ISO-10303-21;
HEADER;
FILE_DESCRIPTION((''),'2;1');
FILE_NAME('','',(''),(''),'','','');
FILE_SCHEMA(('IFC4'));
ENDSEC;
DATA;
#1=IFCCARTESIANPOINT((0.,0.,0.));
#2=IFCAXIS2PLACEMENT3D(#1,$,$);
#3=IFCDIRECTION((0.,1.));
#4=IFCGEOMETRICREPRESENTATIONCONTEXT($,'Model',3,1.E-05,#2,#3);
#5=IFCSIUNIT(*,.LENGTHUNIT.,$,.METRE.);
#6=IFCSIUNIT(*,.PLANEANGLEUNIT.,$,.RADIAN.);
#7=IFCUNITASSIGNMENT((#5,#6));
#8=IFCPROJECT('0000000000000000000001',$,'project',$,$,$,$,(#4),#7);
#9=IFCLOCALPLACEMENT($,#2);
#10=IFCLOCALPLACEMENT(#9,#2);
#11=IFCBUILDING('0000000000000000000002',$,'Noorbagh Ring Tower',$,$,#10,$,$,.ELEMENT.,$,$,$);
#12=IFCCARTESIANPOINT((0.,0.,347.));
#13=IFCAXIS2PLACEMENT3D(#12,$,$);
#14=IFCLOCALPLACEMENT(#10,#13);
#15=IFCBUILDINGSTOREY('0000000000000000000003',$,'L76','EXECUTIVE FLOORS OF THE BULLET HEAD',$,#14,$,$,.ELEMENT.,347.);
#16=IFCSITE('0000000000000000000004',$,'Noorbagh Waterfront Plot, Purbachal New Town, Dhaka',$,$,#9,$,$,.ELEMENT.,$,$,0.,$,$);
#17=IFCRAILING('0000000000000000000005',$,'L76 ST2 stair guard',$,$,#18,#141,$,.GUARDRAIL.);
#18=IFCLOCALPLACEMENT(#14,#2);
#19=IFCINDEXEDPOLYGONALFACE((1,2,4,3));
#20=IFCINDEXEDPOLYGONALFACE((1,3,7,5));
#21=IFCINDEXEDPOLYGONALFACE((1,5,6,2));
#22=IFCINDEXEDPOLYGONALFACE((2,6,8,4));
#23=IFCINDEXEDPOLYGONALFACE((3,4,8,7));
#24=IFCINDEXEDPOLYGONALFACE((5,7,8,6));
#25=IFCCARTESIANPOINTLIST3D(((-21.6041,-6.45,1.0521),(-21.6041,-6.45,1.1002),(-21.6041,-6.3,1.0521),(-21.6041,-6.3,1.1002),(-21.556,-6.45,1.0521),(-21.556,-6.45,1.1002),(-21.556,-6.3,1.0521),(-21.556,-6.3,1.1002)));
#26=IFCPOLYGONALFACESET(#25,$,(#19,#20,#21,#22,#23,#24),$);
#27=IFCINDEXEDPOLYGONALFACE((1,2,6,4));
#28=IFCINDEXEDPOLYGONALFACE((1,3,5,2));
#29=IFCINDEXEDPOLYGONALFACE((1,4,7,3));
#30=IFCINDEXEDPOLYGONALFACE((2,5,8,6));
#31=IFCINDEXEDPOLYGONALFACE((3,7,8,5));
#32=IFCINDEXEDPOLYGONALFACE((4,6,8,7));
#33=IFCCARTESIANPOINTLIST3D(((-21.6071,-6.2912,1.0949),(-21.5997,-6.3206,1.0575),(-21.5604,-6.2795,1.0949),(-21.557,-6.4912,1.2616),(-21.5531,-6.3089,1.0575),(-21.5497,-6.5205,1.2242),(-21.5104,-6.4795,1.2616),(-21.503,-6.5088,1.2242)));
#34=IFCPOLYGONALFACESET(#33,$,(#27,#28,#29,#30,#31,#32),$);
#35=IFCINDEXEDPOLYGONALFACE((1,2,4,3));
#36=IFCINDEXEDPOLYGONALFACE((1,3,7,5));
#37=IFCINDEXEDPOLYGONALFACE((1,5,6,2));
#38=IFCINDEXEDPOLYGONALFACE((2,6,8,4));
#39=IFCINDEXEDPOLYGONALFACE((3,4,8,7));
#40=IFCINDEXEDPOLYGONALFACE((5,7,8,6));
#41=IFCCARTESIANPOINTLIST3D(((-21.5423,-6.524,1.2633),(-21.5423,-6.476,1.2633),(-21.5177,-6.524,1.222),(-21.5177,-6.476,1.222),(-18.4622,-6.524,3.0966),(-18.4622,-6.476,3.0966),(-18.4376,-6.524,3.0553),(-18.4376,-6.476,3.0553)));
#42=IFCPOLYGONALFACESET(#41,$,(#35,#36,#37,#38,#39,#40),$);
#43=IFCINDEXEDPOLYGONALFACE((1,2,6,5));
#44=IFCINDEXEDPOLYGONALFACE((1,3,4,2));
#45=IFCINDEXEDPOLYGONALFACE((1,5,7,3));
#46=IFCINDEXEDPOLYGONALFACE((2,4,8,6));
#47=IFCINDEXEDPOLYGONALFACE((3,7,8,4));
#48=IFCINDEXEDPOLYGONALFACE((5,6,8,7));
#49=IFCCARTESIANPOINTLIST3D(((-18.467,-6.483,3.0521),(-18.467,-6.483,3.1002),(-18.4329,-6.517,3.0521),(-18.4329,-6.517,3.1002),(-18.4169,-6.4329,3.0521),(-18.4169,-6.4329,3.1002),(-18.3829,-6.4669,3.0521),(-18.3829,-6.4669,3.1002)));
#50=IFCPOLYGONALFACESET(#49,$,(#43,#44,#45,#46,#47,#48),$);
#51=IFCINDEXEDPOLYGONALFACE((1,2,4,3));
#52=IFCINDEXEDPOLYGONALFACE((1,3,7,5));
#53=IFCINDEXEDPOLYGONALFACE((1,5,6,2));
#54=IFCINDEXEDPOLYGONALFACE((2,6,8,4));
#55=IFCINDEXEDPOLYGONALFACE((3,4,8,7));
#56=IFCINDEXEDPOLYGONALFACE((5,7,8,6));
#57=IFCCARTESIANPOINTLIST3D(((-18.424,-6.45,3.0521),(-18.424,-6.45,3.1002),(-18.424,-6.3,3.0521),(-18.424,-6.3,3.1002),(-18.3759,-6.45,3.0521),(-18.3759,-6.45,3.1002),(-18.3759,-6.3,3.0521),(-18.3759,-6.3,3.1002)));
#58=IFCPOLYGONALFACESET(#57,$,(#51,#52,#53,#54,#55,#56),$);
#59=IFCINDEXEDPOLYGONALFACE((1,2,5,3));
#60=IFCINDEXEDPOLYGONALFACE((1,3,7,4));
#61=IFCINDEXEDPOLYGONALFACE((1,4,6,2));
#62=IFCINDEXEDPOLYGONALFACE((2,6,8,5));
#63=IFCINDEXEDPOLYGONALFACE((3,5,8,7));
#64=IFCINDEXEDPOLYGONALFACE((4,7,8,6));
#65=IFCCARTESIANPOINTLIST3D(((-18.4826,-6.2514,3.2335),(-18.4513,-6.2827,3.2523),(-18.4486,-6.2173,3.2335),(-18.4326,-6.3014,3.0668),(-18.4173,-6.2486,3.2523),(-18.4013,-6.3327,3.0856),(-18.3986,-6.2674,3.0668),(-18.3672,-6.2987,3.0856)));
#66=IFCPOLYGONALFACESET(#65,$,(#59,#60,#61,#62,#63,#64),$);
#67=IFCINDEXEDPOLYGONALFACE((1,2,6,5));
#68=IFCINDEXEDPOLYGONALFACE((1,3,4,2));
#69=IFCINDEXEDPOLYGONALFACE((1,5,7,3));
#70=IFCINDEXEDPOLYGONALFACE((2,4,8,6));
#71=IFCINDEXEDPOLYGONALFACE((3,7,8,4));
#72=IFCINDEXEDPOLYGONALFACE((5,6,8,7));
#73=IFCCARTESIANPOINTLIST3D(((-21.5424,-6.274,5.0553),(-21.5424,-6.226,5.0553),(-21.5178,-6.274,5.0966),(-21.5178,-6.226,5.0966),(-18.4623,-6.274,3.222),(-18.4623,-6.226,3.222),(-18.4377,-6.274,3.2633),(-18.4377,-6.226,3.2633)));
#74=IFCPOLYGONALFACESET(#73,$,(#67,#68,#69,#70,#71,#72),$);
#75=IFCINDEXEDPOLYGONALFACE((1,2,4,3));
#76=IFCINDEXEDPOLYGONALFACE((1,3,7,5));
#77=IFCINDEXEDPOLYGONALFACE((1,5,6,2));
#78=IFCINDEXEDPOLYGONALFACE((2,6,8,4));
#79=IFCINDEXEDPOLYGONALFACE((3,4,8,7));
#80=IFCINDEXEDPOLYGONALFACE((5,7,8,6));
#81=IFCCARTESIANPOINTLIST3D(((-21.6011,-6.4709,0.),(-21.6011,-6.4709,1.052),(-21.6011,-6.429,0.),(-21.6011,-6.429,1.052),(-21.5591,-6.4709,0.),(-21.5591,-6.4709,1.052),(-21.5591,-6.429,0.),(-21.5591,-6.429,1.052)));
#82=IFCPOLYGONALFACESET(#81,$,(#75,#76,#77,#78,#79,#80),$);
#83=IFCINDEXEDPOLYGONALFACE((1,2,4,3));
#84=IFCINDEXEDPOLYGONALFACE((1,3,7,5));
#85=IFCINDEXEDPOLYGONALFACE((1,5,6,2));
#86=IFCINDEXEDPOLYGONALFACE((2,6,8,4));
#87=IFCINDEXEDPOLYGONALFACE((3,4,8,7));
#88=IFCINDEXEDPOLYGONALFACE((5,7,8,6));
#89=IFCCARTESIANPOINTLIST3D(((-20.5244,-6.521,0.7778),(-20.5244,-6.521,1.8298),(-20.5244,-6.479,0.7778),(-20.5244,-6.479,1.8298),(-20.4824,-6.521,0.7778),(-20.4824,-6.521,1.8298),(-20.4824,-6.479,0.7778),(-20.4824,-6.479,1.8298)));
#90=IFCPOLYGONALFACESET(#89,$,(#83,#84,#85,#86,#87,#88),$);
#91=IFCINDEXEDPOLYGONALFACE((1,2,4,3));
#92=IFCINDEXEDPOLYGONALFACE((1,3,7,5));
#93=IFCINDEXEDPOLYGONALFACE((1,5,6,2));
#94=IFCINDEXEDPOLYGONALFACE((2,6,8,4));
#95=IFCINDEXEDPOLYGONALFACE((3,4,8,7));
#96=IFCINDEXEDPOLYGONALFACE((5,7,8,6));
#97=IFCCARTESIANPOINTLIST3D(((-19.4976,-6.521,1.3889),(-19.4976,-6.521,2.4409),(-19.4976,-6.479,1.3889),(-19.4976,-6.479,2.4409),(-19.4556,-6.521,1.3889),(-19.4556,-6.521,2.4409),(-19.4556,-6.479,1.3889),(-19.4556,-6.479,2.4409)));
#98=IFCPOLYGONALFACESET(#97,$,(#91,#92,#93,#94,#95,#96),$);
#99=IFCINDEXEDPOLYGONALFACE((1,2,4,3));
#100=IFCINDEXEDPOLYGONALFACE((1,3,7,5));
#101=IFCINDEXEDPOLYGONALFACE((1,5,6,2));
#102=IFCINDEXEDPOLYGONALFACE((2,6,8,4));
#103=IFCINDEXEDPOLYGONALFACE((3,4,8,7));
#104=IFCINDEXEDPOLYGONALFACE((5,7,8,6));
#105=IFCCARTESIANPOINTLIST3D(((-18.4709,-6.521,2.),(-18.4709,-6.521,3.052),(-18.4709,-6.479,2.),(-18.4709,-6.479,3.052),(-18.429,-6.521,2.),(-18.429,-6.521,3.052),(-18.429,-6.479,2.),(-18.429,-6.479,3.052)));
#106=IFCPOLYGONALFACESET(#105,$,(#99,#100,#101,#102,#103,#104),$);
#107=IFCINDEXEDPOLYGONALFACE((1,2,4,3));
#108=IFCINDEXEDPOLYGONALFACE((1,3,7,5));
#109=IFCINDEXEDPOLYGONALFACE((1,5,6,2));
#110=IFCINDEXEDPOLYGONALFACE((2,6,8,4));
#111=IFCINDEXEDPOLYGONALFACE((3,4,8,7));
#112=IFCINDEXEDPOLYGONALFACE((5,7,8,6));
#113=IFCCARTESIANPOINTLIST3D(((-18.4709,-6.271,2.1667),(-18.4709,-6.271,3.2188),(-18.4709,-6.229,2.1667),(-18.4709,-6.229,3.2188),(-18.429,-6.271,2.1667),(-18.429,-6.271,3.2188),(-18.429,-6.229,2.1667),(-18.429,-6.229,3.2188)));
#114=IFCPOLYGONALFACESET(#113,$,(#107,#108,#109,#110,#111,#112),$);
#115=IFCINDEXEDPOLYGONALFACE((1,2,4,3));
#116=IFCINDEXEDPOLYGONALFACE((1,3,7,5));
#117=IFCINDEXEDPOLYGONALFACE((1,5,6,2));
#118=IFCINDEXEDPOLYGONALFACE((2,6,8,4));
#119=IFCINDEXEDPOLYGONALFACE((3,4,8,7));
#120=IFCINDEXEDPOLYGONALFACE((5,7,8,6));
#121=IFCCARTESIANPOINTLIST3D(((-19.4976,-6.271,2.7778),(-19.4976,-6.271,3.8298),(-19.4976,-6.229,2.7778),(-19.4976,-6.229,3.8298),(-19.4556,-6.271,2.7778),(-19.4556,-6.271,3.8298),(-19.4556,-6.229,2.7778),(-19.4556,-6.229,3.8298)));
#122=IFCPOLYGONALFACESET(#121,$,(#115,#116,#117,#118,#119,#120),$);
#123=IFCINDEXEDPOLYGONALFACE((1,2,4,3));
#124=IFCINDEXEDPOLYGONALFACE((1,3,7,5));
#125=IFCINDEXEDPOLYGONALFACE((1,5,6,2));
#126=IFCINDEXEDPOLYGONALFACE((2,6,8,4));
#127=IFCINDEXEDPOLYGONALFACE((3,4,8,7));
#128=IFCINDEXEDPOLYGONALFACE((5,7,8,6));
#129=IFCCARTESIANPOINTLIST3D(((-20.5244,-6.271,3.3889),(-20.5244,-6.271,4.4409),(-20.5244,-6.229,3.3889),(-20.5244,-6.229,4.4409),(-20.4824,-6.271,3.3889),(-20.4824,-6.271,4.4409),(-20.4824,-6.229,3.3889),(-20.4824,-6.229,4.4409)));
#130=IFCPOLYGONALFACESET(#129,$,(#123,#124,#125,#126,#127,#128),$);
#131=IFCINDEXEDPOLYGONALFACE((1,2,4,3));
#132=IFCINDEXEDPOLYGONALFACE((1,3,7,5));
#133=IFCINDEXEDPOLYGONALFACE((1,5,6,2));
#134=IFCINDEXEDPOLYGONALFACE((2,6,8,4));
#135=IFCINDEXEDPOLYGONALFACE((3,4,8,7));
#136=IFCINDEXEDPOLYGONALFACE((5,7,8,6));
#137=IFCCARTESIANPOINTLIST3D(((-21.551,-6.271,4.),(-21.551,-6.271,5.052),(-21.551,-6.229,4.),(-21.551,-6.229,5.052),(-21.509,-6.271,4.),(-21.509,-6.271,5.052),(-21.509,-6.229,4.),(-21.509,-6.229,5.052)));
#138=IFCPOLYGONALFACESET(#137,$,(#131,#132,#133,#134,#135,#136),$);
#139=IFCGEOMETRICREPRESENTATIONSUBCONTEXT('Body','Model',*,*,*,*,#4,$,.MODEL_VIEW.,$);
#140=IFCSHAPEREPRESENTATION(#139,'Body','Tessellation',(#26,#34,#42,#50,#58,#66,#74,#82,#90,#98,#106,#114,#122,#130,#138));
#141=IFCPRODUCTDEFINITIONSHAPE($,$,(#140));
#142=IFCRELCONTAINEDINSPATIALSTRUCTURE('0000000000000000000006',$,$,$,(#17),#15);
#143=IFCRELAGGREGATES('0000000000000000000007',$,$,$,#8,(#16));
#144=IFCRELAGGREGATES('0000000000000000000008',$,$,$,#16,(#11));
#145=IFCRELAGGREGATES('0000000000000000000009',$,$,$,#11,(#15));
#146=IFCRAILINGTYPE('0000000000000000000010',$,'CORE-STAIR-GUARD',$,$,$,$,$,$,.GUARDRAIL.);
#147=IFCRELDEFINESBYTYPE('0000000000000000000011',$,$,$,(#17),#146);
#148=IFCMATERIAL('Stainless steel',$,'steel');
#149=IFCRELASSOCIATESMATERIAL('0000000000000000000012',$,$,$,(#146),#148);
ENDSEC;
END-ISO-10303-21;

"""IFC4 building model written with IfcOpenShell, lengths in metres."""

from ifc_helpers import new_model, si_unit, direction, frame, origin, origin_2d, place, context, subcontext, project, spatial, rectangle, extrude, material, type_object, element, save


model = new_model("IFC4")

# Units and contexts
model_context = context("Model", 3, precision=1e-05, world=origin(), true_north=direction((0.0, 1.0)))
body_context = subcontext(model_context, "Body", "Model", "MODEL_VIEW")
ifc_project = project(units=[si_unit("LENGTHUNIT", "METRE"), si_unit("PLANEANGLEUNIT", "RADIAN")], contexts=[model_context])

# Site, building, storey
site_placement = place(None, origin())
site = spatial("IfcSite", under=ifc_project, at=site_placement, Name="Noorbagh Waterfront Plot, Purbachal New Town, Dhaka", CompositionType="ELEMENT", RefElevation=0.0)
building_placement = place(site_placement, origin())
building = spatial("IfcBuilding", under=site, at=building_placement, Name="Noorbagh Ring Tower", CompositionType="ELEMENT")
storey_placement = place(building_placement, frame((0.0, 0.0, 347.0)))
storey = spatial("IfcBuildingStorey", under=building, at=storey_placement, Name="L76", Description="EXECUTIVE FLOORS OF THE BULLET HEAD", CompositionType="ELEMENT", Elevation=347.0)

# Railing
ifc_material_1 = material(Name="Stainless steel", Category="steel")
railing_type_1 = type_object("IfcRailingType", Name="CORE-STAIR-GUARD", PredefinedType="GUARDRAIL", material=ifc_material_1)
railing_1_placement = place(storey_placement, frame((-21.5801, -6.45, 0.0)))
element("IfcRailing", 1, at=railing_1_placement, inside=storey, type_object=railing_type_1, Name="L76 ST2 stair guard", PredefinedType="GUARDRAIL", context=body_context, shape_type="SweptSolid", body=[
    extrude(rectangle(XDim=0.0481, YDim=0.0481, at=origin_2d()), frame((0.0, 0.0, 1.0762), z_axis=(0.0, 1.0, 0.0), x_axis=(-1.0, 0.0, 0.0)), (0.0, 0.0, 1.0), 0.1499),
    extrude(rectangle(XDim=0.0481, YDim=0.0481, at=origin_2d()), frame((0.0, 0.1499, 1.0762), z_axis=(0.188776, -0.754182, 0.628946), x_axis=(0.970073, 0.242814, 0.0)), (0.0, 0.0, 1.0), 0.2651),
    extrude(rectangle(XDim=0.0481, YDim=0.0481, at=origin_2d()), frame((0.05, -0.05, 1.2427), z_axis=(0.859309, 0.0, 0.511458), x_axis=(0.0, 1.0, 0.0)), (0.0, 0.0, 1.0), 3.5845),
    extrude(rectangle(XDim=0.0481, YDim=0.0481, at=origin_2d()), frame((3.1301, -0.05, 3.0762), z_axis=(0.707107, 0.707107, 0.0), x_axis=(-0.707107, 0.707107, 0.0)), (0.0, 0.0, 1.0), 0.0708),
    extrude(rectangle(XDim=0.0481, YDim=0.0481, at=origin_2d()), frame((3.1802, 0.0, 3.0762), z_axis=(0.0, 1.0, 0.0), x_axis=(-1.0, 0.0, 0.0)), (0.0, 0.0, 1.0), 0.1499),
    extrude(rectangle(XDim=0.0481, YDim=0.0481, at=origin_2d()), frame((3.1802, 0.1499, 3.0762), z_axis=(-0.276287, 0.276287, 0.920506), x_axis=(-0.707107, -0.707107, 0.0)), (0.0, 0.0, 1.0), 0.1812),
    extrude(rectangle(XDim=0.0481, YDim=0.0481, at=origin_2d()), frame((3.1301, 0.2, 3.2427), z_axis=(-0.859309, 0.0, 0.511458), x_axis=(0.0, -1.0, 0.0)), (0.0, 0.0, 1.0), 3.5845),
    extrude(rectangle(XDim=0.042, YDim=0.042, at=origin_2d()), origin(), (0.0, 0.0, 1.0), 1.052),
    extrude(rectangle(XDim=0.042, YDim=0.042, at=origin_2d()), frame((1.0767, -0.05, 0.7778)), (0.0, 0.0, 1.0), 1.052),
    extrude(rectangle(XDim=0.042, YDim=0.042, at=origin_2d()), frame((2.1035, -0.05, 1.3889)), (0.0, 0.0, 1.0), 1.052),
    extrude(rectangle(XDim=0.042, YDim=0.042, at=origin_2d()), frame((3.1301, -0.05, 2.0)), (0.0, 0.0, 1.0), 1.052),
    extrude(rectangle(XDim=0.042, YDim=0.042, at=origin_2d()), frame((3.1301, 0.2, 2.1667)), (0.0, 0.0, 1.0), 1.052),
    extrude(rectangle(XDim=0.042, YDim=0.042, at=origin_2d()), frame((2.1035, 0.2, 2.7778)), (0.0, 0.0, 1.0), 1.052),
    extrude(rectangle(XDim=0.042, YDim=0.042, at=origin_2d()), frame((1.0767, 0.2, 3.3889)), (0.0, 0.0, 1.0), 1.052),
    extrude(rectangle(XDim=0.042, YDim=0.042, at=origin_2d()), frame((0.05, 0.2, 4.0)), (0.0, 0.0, 1.0), 1.052),
])

save(model, "model.ifc")
